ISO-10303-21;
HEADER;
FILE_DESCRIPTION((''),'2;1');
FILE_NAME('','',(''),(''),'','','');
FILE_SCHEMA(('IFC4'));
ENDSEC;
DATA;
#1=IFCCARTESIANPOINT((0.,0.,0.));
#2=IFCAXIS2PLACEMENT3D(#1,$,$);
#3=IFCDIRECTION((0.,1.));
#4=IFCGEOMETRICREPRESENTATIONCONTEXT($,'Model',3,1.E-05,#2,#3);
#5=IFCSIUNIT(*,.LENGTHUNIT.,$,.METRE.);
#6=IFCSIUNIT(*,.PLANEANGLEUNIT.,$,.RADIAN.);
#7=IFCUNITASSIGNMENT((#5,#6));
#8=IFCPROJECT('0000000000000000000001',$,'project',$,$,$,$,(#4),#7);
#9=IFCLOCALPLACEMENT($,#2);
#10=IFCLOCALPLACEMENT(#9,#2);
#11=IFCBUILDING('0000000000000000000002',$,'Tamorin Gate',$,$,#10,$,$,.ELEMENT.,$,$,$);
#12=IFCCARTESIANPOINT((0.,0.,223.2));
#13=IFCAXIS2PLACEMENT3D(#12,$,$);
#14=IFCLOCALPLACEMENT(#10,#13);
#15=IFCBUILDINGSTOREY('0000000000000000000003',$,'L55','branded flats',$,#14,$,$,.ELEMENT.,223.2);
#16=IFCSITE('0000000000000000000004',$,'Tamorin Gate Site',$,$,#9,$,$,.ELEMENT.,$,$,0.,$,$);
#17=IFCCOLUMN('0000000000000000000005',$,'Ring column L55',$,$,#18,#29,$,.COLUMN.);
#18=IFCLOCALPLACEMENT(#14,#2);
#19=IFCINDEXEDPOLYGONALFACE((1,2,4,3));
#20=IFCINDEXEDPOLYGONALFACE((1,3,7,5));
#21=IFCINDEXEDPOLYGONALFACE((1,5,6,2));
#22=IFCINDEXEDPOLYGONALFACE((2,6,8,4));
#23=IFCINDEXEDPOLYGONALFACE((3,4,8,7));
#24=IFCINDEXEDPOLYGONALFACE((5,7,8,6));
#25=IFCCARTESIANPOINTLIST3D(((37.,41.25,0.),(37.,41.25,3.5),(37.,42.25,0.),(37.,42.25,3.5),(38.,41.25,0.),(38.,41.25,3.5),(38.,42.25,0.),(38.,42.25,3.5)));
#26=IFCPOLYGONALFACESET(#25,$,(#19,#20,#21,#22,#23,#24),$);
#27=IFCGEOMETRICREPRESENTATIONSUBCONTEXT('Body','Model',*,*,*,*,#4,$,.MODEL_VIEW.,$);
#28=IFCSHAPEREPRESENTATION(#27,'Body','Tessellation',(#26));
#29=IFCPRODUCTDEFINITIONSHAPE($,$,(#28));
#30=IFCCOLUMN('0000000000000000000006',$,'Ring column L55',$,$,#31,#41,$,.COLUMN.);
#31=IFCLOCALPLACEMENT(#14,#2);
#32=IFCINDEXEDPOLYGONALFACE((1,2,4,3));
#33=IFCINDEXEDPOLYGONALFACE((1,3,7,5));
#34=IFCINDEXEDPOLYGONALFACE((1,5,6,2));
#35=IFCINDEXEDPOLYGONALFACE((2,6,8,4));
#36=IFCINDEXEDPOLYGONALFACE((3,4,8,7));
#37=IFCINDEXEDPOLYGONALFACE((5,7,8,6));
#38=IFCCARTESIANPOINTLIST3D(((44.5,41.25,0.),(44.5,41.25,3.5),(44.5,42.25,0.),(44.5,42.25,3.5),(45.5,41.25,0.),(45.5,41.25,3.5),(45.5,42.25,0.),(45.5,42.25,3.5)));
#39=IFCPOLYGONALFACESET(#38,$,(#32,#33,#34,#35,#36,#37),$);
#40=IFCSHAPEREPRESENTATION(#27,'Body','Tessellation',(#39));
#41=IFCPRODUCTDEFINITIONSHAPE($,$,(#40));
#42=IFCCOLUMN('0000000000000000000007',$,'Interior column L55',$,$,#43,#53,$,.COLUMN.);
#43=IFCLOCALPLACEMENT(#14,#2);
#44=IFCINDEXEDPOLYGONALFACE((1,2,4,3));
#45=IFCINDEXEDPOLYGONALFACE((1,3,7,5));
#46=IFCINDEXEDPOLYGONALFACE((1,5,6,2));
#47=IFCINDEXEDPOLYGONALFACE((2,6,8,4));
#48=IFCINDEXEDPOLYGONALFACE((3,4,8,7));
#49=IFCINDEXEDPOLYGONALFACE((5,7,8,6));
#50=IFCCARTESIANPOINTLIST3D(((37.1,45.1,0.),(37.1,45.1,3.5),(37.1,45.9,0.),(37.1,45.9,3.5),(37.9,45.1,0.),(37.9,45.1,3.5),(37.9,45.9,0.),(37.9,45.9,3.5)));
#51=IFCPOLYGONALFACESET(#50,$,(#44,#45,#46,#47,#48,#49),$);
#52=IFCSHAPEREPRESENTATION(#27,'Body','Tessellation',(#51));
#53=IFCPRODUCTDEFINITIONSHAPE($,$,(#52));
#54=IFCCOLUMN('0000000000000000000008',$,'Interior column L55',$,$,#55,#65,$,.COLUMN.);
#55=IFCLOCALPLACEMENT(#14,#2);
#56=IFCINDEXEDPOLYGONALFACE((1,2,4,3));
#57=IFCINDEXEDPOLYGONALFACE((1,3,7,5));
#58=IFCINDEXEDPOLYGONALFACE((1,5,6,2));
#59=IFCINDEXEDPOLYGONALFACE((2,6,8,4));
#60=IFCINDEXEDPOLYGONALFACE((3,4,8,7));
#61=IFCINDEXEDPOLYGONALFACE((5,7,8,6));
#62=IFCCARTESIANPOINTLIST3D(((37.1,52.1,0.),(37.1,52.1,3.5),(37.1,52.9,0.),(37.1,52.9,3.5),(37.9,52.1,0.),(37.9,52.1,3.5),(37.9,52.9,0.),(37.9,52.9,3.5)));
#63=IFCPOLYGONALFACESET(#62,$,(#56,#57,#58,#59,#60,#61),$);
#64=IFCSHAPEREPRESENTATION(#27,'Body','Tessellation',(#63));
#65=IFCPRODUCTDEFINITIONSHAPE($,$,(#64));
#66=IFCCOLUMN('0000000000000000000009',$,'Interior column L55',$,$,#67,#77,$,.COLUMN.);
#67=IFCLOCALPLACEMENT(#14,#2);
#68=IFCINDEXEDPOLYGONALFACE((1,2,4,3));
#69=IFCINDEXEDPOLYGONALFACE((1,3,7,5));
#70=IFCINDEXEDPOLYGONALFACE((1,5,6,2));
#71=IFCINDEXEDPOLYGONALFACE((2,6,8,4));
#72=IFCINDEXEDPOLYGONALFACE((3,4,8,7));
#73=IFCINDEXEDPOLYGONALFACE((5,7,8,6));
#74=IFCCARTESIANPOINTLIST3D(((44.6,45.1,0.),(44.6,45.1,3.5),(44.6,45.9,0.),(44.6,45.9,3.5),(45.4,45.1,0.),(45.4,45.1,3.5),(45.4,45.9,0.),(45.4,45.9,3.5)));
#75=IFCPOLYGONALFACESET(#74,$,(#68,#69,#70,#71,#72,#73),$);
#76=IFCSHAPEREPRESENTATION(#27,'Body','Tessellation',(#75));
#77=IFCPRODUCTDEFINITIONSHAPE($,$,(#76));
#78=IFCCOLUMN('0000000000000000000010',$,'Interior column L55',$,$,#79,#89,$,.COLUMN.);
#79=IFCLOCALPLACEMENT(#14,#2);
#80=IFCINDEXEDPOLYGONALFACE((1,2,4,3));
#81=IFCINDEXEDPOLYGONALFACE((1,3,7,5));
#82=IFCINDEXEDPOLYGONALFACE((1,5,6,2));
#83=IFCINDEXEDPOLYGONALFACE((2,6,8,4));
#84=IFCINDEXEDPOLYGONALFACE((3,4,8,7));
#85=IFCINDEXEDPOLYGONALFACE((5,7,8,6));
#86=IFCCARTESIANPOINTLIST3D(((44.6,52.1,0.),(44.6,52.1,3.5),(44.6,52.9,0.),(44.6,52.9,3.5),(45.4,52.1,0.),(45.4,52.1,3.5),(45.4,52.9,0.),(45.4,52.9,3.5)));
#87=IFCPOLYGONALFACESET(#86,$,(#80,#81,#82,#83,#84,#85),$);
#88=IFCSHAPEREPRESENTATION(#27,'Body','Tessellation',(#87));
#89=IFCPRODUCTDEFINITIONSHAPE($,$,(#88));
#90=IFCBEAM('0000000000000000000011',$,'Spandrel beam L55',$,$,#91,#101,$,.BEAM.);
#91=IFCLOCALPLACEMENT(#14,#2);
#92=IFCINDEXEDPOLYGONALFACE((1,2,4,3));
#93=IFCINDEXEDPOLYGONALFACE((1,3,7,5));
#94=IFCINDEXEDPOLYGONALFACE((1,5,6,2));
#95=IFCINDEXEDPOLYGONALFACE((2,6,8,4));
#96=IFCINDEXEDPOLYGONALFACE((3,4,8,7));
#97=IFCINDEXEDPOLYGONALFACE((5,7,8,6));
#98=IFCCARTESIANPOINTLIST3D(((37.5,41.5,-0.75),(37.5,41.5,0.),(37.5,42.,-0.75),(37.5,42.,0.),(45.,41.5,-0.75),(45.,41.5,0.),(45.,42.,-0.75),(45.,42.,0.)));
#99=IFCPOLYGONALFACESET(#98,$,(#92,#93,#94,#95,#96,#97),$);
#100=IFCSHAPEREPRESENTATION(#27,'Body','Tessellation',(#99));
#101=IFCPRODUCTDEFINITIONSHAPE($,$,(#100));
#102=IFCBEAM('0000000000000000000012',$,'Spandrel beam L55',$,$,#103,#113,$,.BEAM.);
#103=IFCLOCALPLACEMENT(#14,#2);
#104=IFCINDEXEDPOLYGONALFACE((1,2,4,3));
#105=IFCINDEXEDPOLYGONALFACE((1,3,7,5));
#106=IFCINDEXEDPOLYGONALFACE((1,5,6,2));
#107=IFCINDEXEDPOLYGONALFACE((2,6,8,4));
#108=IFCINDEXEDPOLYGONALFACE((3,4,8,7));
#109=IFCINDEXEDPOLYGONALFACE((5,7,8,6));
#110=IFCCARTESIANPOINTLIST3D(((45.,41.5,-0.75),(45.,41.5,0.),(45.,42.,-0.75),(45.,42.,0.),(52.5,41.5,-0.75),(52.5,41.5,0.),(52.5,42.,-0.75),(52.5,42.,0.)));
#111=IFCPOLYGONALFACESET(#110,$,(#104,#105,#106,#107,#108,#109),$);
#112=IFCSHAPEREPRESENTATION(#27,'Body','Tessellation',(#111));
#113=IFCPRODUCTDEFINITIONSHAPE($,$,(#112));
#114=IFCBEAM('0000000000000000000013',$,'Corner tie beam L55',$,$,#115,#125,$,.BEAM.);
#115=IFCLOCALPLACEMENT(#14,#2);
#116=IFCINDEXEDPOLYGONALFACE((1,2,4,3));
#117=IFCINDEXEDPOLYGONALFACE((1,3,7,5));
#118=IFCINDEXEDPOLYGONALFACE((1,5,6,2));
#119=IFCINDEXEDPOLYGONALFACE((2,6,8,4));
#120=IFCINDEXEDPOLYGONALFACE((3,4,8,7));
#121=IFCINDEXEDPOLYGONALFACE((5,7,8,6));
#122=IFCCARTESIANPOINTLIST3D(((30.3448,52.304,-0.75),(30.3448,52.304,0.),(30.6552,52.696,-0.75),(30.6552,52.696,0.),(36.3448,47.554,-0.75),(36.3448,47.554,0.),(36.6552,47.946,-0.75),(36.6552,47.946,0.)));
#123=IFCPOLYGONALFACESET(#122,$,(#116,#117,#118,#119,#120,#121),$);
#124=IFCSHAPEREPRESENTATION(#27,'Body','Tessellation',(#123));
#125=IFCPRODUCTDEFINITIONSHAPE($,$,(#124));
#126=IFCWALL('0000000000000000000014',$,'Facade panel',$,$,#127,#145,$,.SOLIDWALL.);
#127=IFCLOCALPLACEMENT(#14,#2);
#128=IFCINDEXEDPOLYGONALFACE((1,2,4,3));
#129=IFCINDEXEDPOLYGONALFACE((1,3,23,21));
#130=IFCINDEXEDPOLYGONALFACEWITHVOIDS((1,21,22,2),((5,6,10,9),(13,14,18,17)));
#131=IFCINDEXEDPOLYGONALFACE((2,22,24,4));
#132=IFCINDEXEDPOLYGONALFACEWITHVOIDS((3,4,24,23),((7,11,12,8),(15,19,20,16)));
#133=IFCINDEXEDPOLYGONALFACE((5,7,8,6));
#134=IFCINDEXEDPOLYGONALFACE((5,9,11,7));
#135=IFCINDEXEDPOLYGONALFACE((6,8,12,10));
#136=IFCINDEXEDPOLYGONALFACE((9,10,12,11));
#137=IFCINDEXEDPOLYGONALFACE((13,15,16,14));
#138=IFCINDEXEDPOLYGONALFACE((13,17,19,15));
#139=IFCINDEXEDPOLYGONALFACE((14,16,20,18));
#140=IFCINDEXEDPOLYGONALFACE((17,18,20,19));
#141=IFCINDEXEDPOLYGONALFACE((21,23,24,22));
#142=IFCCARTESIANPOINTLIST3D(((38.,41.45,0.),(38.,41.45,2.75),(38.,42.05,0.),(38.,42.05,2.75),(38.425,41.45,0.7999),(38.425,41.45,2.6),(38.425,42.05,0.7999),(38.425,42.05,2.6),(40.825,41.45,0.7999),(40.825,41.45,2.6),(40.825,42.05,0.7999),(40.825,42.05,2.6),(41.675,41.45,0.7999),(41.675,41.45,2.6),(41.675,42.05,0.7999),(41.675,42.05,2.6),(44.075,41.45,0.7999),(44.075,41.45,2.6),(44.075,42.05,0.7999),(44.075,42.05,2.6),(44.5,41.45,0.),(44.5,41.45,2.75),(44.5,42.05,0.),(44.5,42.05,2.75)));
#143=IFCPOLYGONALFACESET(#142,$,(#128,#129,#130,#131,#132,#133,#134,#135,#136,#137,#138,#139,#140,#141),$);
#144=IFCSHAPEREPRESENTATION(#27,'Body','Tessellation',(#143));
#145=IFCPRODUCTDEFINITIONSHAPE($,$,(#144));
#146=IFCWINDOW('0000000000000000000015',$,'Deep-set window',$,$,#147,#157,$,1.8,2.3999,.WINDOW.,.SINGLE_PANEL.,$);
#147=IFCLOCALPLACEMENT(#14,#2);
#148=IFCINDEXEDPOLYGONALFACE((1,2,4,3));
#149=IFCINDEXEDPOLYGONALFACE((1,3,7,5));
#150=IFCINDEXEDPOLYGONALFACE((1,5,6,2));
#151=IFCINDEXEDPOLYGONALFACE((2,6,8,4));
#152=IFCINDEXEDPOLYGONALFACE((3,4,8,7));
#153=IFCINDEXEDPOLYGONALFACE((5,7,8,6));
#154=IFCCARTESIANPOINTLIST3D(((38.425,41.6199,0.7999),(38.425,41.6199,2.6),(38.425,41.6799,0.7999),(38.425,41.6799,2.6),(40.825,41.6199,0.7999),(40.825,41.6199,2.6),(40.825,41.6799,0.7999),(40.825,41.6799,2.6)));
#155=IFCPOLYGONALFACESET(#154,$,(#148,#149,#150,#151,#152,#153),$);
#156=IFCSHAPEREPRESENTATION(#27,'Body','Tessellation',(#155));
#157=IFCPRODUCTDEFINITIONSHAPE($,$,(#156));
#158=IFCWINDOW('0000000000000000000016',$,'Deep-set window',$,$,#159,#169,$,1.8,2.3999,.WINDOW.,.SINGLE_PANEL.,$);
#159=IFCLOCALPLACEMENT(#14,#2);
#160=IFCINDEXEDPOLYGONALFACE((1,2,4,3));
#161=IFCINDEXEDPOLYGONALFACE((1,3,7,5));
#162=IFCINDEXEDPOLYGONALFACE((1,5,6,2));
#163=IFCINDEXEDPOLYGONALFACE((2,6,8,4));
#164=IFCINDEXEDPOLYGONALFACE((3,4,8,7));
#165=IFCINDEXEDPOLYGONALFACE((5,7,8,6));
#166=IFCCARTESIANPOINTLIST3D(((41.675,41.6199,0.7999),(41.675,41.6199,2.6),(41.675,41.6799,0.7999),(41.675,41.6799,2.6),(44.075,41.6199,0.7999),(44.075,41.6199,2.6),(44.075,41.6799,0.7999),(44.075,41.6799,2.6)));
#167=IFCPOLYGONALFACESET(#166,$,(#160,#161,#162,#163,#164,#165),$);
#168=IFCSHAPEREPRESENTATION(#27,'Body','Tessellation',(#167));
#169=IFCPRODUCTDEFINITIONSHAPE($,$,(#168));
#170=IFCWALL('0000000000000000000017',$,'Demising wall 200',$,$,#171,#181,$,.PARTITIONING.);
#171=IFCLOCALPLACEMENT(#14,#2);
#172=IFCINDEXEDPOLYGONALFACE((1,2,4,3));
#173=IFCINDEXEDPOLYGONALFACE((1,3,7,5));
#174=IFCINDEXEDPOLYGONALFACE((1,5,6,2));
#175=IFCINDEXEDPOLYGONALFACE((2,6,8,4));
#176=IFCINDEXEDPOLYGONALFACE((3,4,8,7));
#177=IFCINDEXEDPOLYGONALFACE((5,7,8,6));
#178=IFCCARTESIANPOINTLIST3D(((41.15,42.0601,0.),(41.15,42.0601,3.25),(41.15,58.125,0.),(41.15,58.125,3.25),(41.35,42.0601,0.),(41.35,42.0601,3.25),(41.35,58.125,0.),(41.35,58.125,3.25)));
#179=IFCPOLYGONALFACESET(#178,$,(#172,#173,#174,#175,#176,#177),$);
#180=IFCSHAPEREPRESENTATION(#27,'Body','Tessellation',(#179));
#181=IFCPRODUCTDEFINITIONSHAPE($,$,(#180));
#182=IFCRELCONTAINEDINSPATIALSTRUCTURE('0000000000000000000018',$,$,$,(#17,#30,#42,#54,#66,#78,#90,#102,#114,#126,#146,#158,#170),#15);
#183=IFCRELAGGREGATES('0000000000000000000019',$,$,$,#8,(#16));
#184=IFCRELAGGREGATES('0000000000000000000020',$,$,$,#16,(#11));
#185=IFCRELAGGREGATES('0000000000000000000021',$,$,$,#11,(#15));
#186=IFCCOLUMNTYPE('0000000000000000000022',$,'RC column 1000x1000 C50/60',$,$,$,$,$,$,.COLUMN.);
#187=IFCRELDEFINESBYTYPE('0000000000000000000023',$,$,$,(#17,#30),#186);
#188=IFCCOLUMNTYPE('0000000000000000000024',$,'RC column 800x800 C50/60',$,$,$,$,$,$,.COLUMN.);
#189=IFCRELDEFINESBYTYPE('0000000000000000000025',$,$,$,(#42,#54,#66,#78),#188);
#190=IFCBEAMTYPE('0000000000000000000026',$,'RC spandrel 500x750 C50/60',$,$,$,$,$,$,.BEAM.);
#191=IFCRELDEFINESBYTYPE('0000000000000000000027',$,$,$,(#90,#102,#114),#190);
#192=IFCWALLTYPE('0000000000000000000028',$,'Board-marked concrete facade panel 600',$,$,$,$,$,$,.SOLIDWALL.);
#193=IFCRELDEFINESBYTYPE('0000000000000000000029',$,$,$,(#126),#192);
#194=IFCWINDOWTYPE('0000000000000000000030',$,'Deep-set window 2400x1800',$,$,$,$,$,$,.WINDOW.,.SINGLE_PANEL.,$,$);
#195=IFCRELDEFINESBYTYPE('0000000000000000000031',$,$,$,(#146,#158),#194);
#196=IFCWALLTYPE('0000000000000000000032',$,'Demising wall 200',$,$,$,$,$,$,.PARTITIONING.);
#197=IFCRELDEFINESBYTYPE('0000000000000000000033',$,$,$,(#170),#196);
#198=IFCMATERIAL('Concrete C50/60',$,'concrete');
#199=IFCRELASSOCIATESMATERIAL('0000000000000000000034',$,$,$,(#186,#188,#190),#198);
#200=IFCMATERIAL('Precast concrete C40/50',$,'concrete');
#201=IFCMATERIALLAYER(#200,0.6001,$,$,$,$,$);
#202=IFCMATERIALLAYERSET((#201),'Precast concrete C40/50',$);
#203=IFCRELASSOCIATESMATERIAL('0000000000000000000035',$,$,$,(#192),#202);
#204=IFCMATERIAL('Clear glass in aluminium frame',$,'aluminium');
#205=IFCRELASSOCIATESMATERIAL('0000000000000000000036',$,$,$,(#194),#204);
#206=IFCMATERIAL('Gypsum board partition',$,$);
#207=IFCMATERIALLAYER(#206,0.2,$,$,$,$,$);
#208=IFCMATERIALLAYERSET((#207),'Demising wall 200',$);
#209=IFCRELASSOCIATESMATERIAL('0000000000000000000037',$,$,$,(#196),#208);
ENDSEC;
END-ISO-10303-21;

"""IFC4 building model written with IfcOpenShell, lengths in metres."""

from ifc_helpers import new_model, si_unit, direction, frame, frame_2d, origin, origin_2d, place, context, subcontext, project, spatial, rectangle, extrude, material, layer, layer_set, material_profile, profile_set, type_object, element, fill, save


model = new_model("IFC4")

# Units and contexts
model_context = context("Model", 3, precision=1e-05, world=origin(), true_north=direction((0.0, 1.0)))
body_context = subcontext(model_context, "Body", "Model", "MODEL_VIEW")
ifc_project = project(units=[si_unit("LENGTHUNIT", "METRE"), si_unit("PLANEANGLEUNIT", "RADIAN")], contexts=[model_context])

# Site, building, storey
site_placement = place(None, origin())
site = spatial("IfcSite", under=ifc_project, at=site_placement, Name="Tamorin Gate Site", CompositionType="ELEMENT", RefElevation=0.0)
building_placement = place(site_placement, origin())
building = spatial("IfcBuilding", under=site, at=building_placement, Name="Tamorin Gate", CompositionType="ELEMENT")
storey_placement = place(building_placement, frame((0.0, 0.0, 223.2)))
storey = spatial("IfcBuildingStorey", under=building, at=storey_placement, Name="L55", Description="branded flats", CompositionType="ELEMENT", Elevation=223.2)

# Columns
ifc_material_1 = material(Name="Concrete C50/60", Category="concrete")
ifc_material_profile_1 = material_profile(ifc_material_1, rectangle(XDim=1.0, YDim=1.0, at=origin_2d()), Name="RC 1000x1000")
ifc_profile_set_1 = profile_set([ifc_material_profile_1], Name="Concrete C50/60")
column_type_1 = type_object("IfcColumnType", Name="RC column 1000x1000 C50/60", PredefinedType="COLUMN", material=ifc_profile_set_1)
for number, where, z_axis, x_axis, name in (
    (1, (37.5, 41.75, 0.0), (0.0, 0.0, 1.0), (1.0, 0.0, 0.0), "Ring column L55"),
    (2, (45.0, 41.75, 0.0), (0.0, 0.0, 1.0), (1.0, 0.0, 0.0), "Ring column L55"),
):
    element("IfcColumn", number, at=place(storey_placement, frame(where, z_axis=z_axis, x_axis=x_axis)), inside=storey, type_object=column_type_1, Name=name, PredefinedType="COLUMN", context=body_context, shape_type="SweptSolid", body=[
        extrude(rectangle(XDim=1.0, YDim=1.0, at=origin_2d()), origin(), (0.0, 0.0, 1.0), 3.5),
    ])
ifc_material_profile_2 = material_profile(ifc_material_1, rectangle(XDim=0.8, YDim=0.8, at=origin_2d()), Name="RC 800x800")
ifc_profile_set_2 = profile_set([ifc_material_profile_2], Name="Concrete C50/60")
column_type_2 = type_object("IfcColumnType", Name="RC column 800x800 C50/60", PredefinedType="COLUMN", material=ifc_profile_set_2)
for number, where, z_axis, x_axis, name in (
    (3, (37.5, 45.5, 0.0), (0.0, 0.0, 1.0), (1.0, 0.0, 0.0), "Interior column L55"),
    (4, (37.5, 52.5, 0.0), (0.0, 0.0, 1.0), (1.0, 0.0, 0.0), "Interior column L55"),
    (5, (45.0, 45.5, 0.0), (0.0, 0.0, 1.0), (1.0, 0.0, 0.0), "Interior column L55"),
    (6, (45.0, 52.5, 0.0), (0.0, 0.0, 1.0), (1.0, 0.0, 0.0), "Interior column L55"),
):
    element("IfcColumn", number, at=place(storey_placement, frame(where, z_axis=z_axis, x_axis=x_axis)), inside=storey, type_object=column_type_2, Name=name, PredefinedType="COLUMN", context=body_context, shape_type="SweptSolid", body=[
        extrude(rectangle(XDim=0.8, YDim=0.8, at=origin_2d()), origin(), (0.0, 0.0, 1.0), 3.5),
    ])

# Beams
ifc_material_profile_3 = material_profile(ifc_material_1, rectangle(XDim=0.5, YDim=0.75, at=origin_2d()), Name="RC 500x750")
ifc_profile_set_3 = profile_set([ifc_material_profile_3], Name="Concrete C50/60")
beam_type = type_object("IfcBeamType", Name="RC spandrel 500x750 C50/60", PredefinedType="BEAM", material=ifc_profile_set_3)
for number, where, z_axis, x_axis, name in (
    (7, (37.5, 41.75, -0.375), (1.0, 0.0, 0.0), (0.0, 1.0, 0.0), "Spandrel beam L55"),
    (8, (45.0, 41.75, -0.375), (1.0, 0.0, 0.0), (0.0, 1.0, 0.0), "Spandrel beam L55"),
):
    element("IfcBeam", number, at=place(storey_placement, frame(where, z_axis=z_axis, x_axis=x_axis)), inside=storey, type_object=beam_type, Name=name, PredefinedType="BEAM", context=body_context, shape_type="SweptSolid", body=[
        extrude(rectangle(XDim=0.5, YDim=0.75, at=origin_2d()), origin(), (0.0, 0.0, 1.0), 7.5),
    ])
beam_placement = place(storey_placement, frame((36.5, 47.75, -0.375), z_axis=(-0.784046, 0.620703, 0.0), x_axis=(-0.620703, -0.784046, 0.0)))
element("IfcBeam", 9, at=beam_placement, inside=storey, type_object=beam_type, Name="Corner tie beam L55", PredefinedType="BEAM", context=body_context, shape_type="SweptSolid", body=[
    extrude(rectangle(XDim=0.5, YDim=0.75, at=origin_2d()), origin(), (0.0, 0.0, 1.0), 7.6526),
])

# Wall, openings, windows
ifc_material_2 = material(Name="Precast concrete C40/50", Category="concrete")
ifc_layer_1 = layer(ifc_material_2, 0.6001)
ifc_layer_set_1 = layer_set([ifc_layer_1], Name="Precast concrete C40/50")
wall_type_1 = type_object("IfcWallType", Name="Board-marked concrete facade panel 600", PredefinedType="SOLIDWALL", material=ifc_layer_set_1)
wall_1_placement = place(storey_placement, frame((38.0, 41.75, 0.0), z_axis=(0.0, 0.0, 1.0), x_axis=(1.0, 0.0, 0.0)))
wall_1 = element("IfcWall", 10, at=wall_1_placement, inside=storey, type_object=wall_type_1, Name="Facade panel", PredefinedType="SOLIDWALL", context=body_context, shape_type="SweptSolid", body=[
    extrude(rectangle(XDim=6.5, YDim=0.6001, at=frame_2d((3.25, 0.0))), origin(), (0.0, 0.0, 1.0), 2.75),
])
opening_1_placement = place(wall_1_placement, frame((0.425, 0.0, 0.8)))
opening_1 = element("IfcOpeningElement", 11, at=opening_1_placement, cuts=wall_1, PredefinedType="OPENING", context=body_context, shape_type="SweptSolid", body=[
    extrude(rectangle(XDim=2.3999, YDim=1.8, at=frame_2d((1.2, 0.8999))), frame((0.0, 0.3101, 0.0), z_axis=(0.0, -1.0, 0.0), x_axis=(1.0, 0.0, 0.0)), (0.0, 0.0, 1.0), 0.6201),
])
opening_2_placement = place(wall_1_placement, frame((3.675, 0.0, 0.8)))
opening_2 = element("IfcOpeningElement", 12, at=opening_2_placement, cuts=wall_1, PredefinedType="OPENING", context=body_context, shape_type="SweptSolid", body=[
    extrude(rectangle(XDim=2.3999, YDim=1.8, at=frame_2d((1.2, 0.8999))), frame((0.0, 0.3101, 0.0), z_axis=(0.0, -1.0, 0.0), x_axis=(1.0, 0.0, 0.0)), (0.0, 0.0, 1.0), 0.6201),
])
ifc_material_3 = material(Name="Clear glass in aluminium frame", Category="aluminium")
window_type = type_object("IfcWindowType", Name="Deep-set window 2400x1800", PartitioningType="SINGLE_PANEL", PredefinedType="WINDOW", material=ifc_material_3)
window_1_placement = place(opening_1_placement, origin())
window_1 = element("IfcWindow", 13, at=window_1_placement, inside=storey, type_object=window_type, Name="Deep-set window", OverallHeight=1.8, OverallWidth=2.3999, PartitioningType="SINGLE_PANEL", PredefinedType="WINDOW", context=body_context, shape_type="SweptSolid", body=[
    extrude(rectangle(XDim=2.3999, YDim=1.8, at=frame_2d((1.2, 0.8999))), frame((0.0, -0.0701, 0.0), z_axis=(0.0, -1.0, 0.0), x_axis=(1.0, 0.0, 0.0)), (0.0, 0.0, 1.0), 0.0601),
])
fill(opening_1, window_1)
window_2_placement = place(opening_2_placement, origin())
window_2 = element("IfcWindow", 14, at=window_2_placement, inside=storey, type_object=window_type, Name="Deep-set window", OverallHeight=1.8, OverallWidth=2.3999, PartitioningType="SINGLE_PANEL", PredefinedType="WINDOW", context=body_context, shape_type="SweptSolid", body=[
    extrude(rectangle(XDim=2.3999, YDim=1.8, at=frame_2d((1.2, 0.8999))), frame((0.0, -0.0701, 0.0), z_axis=(0.0, -1.0, 0.0), x_axis=(1.0, 0.0, 0.0)), (0.0, 0.0, 1.0), 0.0601),
])
fill(opening_2, window_2)

# Wall
ifc_material_4 = material(Name="Gypsum board partition")
ifc_layer_2 = layer(ifc_material_4, 0.2)
ifc_layer_set_2 = layer_set([ifc_layer_2], Name="Demising wall 200")
wall_type_2 = type_object("IfcWallType", Name="Demising wall 200", PredefinedType="PARTITIONING", material=ifc_layer_set_2)
wall_2_placement = place(storey_placement, frame((41.25, 42.0601, 0.0), z_axis=(0.0, 0.0, 1.0), x_axis=(0.0, 1.0, 0.0)))
element("IfcWall", 15, at=wall_2_placement, inside=storey, type_object=wall_type_2, Name="Demising wall 200", PredefinedType="PARTITIONING", context=body_context, shape_type="SweptSolid", body=[
    extrude(rectangle(XDim=16.0649, YDim=0.2, at=frame_2d((8.0325, 0.0))), origin(), (0.0, 0.0, 1.0), 3.25),
])

save(model, "model.ifc")
